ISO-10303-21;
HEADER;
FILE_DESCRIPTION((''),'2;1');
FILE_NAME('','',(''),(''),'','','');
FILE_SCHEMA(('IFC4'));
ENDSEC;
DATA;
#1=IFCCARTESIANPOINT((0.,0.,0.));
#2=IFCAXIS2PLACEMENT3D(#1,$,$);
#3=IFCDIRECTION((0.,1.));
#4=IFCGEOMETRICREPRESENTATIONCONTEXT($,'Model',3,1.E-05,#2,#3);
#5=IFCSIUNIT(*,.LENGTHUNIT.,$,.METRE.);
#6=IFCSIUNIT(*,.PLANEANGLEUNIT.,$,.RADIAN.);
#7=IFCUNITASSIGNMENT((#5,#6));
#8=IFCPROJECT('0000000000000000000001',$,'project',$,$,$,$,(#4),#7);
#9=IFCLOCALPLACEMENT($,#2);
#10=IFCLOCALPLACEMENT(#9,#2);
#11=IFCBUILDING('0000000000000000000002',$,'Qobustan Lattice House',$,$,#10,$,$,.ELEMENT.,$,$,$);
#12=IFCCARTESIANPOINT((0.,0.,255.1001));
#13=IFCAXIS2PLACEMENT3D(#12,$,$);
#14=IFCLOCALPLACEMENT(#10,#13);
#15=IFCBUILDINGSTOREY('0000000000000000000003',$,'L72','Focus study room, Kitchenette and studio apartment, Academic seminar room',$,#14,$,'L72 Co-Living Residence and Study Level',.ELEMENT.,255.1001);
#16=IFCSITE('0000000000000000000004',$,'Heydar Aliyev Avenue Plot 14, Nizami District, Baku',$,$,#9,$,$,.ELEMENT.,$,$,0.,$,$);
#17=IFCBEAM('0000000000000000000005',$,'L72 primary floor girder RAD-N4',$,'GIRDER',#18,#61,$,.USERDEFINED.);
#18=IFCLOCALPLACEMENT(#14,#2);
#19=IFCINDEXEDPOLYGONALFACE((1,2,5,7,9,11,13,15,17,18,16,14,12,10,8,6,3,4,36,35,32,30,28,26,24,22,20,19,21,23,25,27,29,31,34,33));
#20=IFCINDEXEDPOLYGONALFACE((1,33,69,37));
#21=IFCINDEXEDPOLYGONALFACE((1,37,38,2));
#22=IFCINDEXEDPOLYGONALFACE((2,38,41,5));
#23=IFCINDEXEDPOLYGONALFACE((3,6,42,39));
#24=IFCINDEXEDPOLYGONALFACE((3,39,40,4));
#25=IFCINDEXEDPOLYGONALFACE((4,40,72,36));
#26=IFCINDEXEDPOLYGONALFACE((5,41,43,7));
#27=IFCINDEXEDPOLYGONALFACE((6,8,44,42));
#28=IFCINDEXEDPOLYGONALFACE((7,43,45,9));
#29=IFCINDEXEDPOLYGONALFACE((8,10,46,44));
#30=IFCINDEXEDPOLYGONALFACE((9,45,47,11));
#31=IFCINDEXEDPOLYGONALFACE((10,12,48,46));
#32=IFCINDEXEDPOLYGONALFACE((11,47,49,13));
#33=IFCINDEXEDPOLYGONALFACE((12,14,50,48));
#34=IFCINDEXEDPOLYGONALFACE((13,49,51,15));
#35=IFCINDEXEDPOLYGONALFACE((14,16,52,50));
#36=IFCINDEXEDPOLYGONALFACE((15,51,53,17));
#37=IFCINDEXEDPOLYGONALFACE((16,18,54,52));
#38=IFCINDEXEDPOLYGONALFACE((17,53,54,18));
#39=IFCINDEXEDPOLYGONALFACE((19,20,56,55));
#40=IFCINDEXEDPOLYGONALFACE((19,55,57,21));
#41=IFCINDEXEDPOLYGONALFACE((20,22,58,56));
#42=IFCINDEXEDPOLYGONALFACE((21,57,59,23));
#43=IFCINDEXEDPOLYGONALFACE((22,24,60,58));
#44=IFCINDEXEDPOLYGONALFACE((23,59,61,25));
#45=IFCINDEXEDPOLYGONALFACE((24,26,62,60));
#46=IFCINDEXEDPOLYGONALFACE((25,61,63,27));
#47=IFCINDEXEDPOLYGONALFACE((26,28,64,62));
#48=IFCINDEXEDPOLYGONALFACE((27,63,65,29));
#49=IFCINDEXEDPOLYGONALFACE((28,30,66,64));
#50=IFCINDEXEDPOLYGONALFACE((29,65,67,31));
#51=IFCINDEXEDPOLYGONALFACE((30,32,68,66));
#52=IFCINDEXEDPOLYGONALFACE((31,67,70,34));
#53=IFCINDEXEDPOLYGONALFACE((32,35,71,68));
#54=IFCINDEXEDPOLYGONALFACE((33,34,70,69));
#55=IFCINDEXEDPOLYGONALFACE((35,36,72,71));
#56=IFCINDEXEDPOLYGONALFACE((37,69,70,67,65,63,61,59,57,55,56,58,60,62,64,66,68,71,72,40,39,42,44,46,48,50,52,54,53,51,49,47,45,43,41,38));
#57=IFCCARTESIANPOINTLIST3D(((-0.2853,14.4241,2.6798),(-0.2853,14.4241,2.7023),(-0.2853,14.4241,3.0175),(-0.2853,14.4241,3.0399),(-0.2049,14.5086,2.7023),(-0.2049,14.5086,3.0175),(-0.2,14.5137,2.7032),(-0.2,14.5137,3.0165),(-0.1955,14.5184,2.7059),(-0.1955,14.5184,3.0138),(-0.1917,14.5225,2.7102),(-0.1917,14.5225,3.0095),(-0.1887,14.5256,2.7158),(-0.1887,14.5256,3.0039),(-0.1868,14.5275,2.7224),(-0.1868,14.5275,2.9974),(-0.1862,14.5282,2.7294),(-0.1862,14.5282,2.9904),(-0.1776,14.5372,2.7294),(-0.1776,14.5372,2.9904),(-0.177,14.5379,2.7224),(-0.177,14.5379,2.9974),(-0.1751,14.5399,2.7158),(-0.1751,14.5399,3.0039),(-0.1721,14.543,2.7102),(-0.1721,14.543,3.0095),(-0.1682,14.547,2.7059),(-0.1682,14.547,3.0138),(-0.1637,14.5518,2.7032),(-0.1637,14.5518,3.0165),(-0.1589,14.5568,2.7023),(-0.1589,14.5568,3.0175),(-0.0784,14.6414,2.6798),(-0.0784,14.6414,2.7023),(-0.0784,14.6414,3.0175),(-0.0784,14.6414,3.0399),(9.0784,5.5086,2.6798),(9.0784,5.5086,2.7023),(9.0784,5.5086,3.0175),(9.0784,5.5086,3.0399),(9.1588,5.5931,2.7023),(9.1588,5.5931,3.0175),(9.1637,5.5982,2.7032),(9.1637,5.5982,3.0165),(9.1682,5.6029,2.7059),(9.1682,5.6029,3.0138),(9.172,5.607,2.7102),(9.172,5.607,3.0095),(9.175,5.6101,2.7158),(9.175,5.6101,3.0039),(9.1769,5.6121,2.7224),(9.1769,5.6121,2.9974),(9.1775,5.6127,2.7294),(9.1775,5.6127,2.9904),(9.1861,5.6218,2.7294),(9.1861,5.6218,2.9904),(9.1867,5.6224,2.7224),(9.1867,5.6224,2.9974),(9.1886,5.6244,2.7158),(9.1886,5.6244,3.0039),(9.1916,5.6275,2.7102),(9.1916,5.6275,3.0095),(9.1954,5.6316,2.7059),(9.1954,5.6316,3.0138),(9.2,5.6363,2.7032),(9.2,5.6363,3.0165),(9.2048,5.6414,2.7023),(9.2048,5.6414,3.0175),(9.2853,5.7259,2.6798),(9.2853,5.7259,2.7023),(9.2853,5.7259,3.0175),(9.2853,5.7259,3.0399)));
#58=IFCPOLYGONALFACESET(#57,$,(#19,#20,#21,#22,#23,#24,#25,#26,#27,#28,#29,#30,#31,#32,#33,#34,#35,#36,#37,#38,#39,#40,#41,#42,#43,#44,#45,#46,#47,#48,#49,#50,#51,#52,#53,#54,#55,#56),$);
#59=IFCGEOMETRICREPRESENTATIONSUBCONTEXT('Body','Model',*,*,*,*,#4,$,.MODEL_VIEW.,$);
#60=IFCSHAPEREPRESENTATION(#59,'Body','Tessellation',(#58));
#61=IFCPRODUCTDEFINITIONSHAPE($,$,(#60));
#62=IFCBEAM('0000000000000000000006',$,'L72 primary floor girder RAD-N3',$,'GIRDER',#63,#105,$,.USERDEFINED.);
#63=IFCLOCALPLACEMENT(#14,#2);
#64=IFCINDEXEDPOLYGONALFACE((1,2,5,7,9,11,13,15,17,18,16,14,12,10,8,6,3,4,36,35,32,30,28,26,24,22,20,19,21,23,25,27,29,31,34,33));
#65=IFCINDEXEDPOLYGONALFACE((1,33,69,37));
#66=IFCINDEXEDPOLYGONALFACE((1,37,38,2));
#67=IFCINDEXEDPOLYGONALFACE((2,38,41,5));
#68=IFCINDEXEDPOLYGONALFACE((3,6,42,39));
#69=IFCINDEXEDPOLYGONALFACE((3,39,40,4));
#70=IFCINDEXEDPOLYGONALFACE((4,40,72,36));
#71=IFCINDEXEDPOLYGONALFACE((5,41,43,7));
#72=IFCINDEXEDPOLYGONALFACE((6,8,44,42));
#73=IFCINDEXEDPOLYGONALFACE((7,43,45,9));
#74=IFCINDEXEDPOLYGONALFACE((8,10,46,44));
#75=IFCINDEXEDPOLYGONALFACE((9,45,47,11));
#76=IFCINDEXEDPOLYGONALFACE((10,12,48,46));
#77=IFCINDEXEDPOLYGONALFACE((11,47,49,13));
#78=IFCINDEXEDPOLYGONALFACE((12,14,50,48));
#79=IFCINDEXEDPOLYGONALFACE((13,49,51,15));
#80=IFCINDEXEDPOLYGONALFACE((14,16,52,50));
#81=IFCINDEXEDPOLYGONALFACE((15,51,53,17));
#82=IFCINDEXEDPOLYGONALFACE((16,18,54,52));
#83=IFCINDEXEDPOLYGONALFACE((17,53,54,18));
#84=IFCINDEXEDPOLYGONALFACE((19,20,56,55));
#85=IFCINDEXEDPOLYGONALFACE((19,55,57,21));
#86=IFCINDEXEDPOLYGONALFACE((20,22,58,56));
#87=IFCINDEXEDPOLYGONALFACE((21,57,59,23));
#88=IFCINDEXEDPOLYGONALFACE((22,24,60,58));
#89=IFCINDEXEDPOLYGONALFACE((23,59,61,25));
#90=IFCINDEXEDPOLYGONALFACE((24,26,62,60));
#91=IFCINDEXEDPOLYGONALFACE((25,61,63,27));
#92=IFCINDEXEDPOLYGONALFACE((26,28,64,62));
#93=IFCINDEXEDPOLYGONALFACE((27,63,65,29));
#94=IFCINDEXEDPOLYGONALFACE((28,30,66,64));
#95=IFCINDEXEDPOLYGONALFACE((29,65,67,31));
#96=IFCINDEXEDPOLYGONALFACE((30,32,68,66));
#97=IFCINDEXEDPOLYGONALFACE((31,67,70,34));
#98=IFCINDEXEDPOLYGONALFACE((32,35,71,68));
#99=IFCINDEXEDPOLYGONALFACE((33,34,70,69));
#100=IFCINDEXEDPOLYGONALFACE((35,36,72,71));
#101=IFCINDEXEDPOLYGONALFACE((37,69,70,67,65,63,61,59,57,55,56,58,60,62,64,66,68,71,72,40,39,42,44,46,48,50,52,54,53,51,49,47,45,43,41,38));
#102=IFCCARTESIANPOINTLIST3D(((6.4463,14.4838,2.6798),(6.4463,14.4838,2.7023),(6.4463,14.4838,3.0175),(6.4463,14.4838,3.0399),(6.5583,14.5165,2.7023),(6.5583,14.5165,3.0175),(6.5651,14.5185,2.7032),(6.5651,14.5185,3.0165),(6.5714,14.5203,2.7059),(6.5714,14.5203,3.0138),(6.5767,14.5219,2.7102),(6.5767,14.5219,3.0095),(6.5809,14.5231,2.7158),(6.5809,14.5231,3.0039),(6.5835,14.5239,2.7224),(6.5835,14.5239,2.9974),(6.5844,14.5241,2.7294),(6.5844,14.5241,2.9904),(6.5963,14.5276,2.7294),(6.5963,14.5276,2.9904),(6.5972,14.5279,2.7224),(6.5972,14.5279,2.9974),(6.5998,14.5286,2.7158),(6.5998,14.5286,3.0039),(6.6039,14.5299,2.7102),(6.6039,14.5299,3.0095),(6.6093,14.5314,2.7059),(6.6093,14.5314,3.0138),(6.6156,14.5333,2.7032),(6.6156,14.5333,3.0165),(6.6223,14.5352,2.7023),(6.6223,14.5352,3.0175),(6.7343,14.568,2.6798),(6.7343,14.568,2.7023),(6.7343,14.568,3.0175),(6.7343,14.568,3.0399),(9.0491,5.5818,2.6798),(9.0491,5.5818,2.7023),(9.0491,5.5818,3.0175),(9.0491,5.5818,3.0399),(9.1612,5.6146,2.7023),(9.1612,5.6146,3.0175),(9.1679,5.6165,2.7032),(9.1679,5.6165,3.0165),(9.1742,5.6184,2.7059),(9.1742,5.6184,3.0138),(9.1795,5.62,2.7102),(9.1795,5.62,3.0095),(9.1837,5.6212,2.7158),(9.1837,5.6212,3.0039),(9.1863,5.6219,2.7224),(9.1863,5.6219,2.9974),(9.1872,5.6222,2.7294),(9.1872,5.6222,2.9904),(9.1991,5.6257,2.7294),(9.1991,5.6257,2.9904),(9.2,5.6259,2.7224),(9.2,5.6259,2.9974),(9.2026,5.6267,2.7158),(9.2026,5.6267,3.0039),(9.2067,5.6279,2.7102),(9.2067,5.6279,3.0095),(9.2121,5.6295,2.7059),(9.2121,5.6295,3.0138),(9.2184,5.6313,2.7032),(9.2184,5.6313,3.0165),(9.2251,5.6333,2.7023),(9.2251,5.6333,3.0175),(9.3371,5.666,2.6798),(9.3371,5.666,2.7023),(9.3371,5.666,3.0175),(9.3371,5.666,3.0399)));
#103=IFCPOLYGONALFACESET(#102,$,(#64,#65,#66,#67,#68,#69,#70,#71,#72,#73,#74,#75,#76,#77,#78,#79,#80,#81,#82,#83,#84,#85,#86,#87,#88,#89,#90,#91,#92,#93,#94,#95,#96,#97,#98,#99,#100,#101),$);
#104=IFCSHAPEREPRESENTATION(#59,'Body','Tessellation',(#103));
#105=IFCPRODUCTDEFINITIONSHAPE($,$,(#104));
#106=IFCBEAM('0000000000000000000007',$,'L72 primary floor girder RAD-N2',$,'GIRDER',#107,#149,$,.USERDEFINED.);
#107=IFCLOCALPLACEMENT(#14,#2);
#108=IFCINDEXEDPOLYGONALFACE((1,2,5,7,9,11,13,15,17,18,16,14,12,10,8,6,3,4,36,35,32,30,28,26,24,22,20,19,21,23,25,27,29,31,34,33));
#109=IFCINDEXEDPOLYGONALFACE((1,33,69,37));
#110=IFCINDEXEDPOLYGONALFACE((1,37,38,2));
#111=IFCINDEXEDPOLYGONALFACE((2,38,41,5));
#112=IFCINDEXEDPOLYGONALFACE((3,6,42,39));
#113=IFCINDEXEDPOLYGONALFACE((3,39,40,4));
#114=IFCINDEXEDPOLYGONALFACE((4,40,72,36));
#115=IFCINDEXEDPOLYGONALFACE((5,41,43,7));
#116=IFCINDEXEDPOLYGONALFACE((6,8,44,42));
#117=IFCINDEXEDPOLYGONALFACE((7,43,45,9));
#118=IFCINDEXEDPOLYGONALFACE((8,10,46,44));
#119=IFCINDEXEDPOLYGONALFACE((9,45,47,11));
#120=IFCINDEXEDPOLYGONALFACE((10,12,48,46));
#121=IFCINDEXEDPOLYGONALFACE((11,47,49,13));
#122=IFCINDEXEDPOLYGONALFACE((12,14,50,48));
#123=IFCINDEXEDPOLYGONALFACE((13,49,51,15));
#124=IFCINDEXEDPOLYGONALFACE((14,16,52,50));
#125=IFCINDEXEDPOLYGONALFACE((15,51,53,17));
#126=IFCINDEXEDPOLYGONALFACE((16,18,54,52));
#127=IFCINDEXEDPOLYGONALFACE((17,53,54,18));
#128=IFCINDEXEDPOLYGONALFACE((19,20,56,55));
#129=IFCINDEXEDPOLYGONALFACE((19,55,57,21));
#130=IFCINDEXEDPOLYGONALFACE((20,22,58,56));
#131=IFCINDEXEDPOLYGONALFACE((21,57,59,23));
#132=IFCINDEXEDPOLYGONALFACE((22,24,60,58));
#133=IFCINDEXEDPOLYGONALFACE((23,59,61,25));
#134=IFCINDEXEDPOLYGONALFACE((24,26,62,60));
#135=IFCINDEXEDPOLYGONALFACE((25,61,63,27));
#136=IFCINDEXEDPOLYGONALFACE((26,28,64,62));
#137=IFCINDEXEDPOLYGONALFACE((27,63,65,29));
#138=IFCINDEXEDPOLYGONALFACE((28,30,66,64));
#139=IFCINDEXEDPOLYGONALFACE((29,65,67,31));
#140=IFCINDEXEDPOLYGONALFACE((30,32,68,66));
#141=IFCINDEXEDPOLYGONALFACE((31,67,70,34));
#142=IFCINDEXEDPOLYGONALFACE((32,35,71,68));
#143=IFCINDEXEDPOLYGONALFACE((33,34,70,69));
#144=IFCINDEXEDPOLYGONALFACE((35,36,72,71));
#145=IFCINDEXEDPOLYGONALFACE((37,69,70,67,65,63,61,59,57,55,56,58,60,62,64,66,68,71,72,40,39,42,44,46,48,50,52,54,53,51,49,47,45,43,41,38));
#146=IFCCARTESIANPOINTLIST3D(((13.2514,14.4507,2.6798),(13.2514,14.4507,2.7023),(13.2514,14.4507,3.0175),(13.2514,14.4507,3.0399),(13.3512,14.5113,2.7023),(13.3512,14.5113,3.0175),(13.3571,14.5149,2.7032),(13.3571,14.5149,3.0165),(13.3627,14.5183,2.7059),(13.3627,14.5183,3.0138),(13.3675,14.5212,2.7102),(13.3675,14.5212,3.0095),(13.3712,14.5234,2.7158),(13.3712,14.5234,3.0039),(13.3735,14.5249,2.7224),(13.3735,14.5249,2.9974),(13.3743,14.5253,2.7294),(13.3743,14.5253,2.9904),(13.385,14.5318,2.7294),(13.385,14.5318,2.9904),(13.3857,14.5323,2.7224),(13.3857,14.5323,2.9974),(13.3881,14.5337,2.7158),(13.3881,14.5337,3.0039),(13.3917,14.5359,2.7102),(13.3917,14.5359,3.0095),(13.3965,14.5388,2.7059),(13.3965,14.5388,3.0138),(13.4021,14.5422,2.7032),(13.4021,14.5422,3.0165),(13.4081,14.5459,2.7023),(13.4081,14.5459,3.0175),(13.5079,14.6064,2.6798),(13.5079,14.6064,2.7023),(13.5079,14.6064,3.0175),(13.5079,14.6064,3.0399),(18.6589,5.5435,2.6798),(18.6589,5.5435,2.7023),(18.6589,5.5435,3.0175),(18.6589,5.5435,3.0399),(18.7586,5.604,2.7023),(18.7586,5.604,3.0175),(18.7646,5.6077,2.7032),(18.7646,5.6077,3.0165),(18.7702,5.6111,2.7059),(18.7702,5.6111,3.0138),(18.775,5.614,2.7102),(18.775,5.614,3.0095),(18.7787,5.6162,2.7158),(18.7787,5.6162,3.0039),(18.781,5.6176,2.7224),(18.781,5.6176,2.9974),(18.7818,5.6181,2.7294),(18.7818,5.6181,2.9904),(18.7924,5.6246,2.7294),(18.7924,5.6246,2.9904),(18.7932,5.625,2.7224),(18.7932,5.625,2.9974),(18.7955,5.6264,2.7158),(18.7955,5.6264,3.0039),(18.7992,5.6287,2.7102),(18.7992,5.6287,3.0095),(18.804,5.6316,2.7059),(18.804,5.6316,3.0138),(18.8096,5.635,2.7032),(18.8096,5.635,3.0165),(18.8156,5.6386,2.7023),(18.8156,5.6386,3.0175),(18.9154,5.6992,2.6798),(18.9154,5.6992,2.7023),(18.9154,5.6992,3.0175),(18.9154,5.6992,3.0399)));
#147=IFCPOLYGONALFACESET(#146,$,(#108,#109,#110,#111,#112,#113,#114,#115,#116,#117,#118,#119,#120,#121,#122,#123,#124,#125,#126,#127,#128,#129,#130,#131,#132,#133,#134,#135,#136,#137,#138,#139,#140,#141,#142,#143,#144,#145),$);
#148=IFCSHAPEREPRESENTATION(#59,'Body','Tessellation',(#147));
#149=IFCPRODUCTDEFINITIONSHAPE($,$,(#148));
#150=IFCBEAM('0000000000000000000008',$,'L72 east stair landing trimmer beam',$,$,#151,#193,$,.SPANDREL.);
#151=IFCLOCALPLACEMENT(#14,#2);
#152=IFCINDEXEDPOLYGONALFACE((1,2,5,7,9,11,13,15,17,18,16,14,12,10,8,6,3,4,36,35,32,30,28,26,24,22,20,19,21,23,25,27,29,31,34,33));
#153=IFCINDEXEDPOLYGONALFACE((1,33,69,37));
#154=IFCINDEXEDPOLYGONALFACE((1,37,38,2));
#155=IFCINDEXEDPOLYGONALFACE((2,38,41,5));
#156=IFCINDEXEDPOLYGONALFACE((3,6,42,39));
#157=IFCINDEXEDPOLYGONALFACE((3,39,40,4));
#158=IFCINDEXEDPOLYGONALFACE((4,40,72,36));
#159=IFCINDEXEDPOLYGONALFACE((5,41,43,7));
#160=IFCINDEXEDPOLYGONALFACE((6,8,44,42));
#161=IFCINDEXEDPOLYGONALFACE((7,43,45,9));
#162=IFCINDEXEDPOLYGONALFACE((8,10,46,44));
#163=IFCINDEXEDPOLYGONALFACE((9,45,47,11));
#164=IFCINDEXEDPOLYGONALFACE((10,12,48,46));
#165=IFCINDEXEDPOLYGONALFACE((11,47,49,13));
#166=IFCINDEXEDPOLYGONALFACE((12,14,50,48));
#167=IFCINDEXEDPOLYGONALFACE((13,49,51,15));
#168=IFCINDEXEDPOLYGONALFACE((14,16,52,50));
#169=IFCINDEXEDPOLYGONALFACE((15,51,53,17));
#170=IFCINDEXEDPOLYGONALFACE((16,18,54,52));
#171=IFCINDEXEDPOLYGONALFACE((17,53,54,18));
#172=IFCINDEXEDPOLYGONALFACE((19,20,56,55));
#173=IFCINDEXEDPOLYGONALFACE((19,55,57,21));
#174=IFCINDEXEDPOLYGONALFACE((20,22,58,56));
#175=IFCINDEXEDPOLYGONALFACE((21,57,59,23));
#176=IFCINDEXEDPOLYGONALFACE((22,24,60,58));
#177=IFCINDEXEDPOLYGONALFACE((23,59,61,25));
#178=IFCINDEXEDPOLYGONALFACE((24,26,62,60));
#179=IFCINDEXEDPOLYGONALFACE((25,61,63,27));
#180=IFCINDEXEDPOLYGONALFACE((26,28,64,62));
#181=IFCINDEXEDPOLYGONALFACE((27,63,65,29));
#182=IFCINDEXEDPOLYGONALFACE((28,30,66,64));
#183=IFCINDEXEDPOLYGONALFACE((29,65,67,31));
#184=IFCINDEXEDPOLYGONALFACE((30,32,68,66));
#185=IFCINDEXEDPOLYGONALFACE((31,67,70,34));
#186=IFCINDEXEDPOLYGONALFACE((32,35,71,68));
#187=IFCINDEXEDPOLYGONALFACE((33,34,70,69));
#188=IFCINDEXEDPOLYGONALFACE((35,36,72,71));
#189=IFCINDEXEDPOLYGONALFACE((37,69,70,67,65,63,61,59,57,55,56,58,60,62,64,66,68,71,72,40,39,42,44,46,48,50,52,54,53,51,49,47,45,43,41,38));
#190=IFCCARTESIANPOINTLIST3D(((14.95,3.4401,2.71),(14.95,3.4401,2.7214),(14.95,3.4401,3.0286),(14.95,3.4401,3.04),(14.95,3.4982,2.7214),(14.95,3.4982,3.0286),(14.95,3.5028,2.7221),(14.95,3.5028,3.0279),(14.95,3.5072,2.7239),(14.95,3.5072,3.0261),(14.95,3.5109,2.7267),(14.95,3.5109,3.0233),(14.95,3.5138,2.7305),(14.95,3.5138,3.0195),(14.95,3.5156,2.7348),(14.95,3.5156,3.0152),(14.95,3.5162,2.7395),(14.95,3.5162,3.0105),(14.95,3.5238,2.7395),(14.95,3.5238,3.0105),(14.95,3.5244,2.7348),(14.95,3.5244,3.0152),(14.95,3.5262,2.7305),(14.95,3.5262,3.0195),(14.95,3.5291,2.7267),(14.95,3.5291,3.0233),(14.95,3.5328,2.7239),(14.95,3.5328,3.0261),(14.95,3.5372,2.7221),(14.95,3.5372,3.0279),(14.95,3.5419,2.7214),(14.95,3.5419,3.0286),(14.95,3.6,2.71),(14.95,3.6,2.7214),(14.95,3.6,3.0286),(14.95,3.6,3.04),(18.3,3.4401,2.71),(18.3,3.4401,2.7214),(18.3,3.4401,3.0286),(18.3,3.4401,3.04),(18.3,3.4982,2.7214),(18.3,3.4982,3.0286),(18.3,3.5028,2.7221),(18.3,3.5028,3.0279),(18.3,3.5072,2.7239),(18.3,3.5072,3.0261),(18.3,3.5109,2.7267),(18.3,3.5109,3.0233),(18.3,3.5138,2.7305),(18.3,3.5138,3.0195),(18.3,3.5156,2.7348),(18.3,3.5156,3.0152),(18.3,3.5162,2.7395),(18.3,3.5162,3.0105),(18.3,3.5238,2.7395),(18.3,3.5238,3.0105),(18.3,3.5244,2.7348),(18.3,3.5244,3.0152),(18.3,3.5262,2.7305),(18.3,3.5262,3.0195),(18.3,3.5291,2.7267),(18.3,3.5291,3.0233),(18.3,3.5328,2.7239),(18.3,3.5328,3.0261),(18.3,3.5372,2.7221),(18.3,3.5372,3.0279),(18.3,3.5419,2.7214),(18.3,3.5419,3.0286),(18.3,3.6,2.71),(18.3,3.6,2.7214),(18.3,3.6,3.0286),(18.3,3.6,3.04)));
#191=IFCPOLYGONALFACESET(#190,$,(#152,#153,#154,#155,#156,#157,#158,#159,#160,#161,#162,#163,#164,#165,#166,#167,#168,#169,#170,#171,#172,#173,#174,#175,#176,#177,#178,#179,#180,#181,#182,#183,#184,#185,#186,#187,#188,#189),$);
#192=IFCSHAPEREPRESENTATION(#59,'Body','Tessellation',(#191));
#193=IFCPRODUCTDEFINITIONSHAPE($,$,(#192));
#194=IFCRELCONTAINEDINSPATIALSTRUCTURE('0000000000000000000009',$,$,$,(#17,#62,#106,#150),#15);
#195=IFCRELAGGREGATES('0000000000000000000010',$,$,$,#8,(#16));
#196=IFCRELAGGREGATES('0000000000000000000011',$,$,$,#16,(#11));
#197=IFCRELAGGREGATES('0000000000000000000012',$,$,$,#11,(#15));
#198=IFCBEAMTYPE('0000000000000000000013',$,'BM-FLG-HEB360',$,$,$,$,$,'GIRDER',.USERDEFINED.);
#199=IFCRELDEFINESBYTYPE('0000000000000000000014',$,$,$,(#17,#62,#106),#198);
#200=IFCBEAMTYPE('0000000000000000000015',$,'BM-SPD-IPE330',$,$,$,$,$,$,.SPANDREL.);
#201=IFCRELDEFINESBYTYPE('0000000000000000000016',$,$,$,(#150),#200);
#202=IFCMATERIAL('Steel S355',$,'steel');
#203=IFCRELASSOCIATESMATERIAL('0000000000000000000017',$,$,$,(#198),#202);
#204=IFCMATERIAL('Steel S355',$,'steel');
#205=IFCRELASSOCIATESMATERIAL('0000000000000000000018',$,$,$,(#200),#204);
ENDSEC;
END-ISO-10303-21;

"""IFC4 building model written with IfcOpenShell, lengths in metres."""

from ifc_helpers import new_model, si_unit, direction, frame, origin, origin_2d, place, context, subcontext, project, spatial, i_section, extrude, material, material_profile, profile_set, type_object, element, save


model = new_model("IFC4")

# Units and contexts
model_context = context("Model", 3, precision=1e-05, world=origin(), true_north=direction((0.0, 1.0)))
body_context = subcontext(model_context, "Body", "Model", "MODEL_VIEW")
ifc_project = project(units=[si_unit("LENGTHUNIT", "METRE"), si_unit("PLANEANGLEUNIT", "RADIAN")], contexts=[model_context])

# Site, building, storey
site_placement = place(None, origin())
site = spatial("IfcSite", under=ifc_project, at=site_placement, Name="Heydar Aliyev Avenue Plot 14, Nizami District, Baku", CompositionType="ELEMENT", RefElevation=0.0)
building_placement = place(site_placement, origin())
building = spatial("IfcBuilding", under=site, at=building_placement, Name="Qobustan Lattice House", CompositionType="ELEMENT")
storey_placement = place(building_placement, frame((0.0, 0.0, 255.1001)))
storey = spatial("IfcBuildingStorey", under=building, at=storey_placement, Name="L72", Description="Focus study room, Kitchenette and studio apartment, Academic seminar room", LongName="L72 Co-Living Residence and Study Level", CompositionType="ELEMENT", Elevation=255.1001)

# Beams
ifc_material_1 = material(Name="Steel S355", Category="steel")
ifc_material_profile_1 = material_profile(ifc_material_1, i_section(OverallWidth=0.3, OverallDepth=0.3601, WebThickness=0.0125, FlangeThickness=0.0225, FilletRadius=0.0271, at=origin_2d()), Name="HEB360")
ifc_profile_set_1 = profile_set([ifc_material_profile_1], Name="Steel S355")
beam_type_1 = type_object("IfcBeamType", Name="BM-FLG-HEB360", ElementType="GIRDER", PredefinedType="USERDEFINED", material=ifc_profile_set_1)
beam_1_placement = place(storey_placement, frame((-0.1819, 14.5327, 2.8599), z_axis=(0.724229, -0.68956, 0.0), x_axis=(0.68956, 0.724229, 0.0)))
element("IfcBeam", 1, at=beam_1_placement, inside=storey, type_object=beam_type_1, Name="L72 primary floor girder RAD-N4", ObjectType="GIRDER", PredefinedType="USERDEFINED", context=body_context, shape_type="SweptSolid", body=[
    extrude(i_section(OverallWidth=0.3, OverallDepth=0.3601, WebThickness=0.0125, FlangeThickness=0.0225, FilletRadius=0.0271, at=origin_2d()), origin(), (0.0, 0.0, 1.0), 12.9292),
])
beam_2_placement = place(storey_placement, frame((6.5903, 14.5259, 2.8599), z_axis=(0.280637, -0.959814, 0.0), x_axis=(0.959814, 0.280637, 0.0)))
element("IfcBeam", 2, at=beam_2_placement, inside=storey, type_object=beam_type_1, Name="L72 primary floor girder RAD-N3", ObjectType="GIRDER", PredefinedType="USERDEFINED", context=body_context, shape_type="SweptSolid", body=[
    extrude(i_section(OverallWidth=0.3, OverallDepth=0.3601, WebThickness=0.0125, FlangeThickness=0.0225, FilletRadius=0.0271, at=origin_2d()), origin(), (0.0, 0.0, 1.0), 9.2747),
])
beam_3_placement = place(storey_placement, frame((13.3796, 14.5286, 2.8599), z_axis=(0.518944, -0.854808, 0.0), x_axis=(0.854808, 0.518944, 0.0)))
element("IfcBeam", 3, at=beam_3_placement, inside=storey, type_object=beam_type_1, Name="L72 primary floor girder RAD-N2", ObjectType="GIRDER", PredefinedType="USERDEFINED", context=body_context, shape_type="SweptSolid", body=[
    extrude(i_section(OverallWidth=0.3, OverallDepth=0.3601, WebThickness=0.0125, FlangeThickness=0.0225, FilletRadius=0.0271, at=origin_2d()), origin(), (0.0, 0.0, 1.0), 10.4202),
])
ifc_material_2 = material(Name="Steel S355", Category="steel")
ifc_material_profile_2 = material_profile(ifc_material_2, i_section(OverallWidth=0.1599, OverallDepth=0.3301, WebThickness=0.0076, FlangeThickness=0.0115, FilletRadius=0.0181, at=origin_2d()), Name="IPE330")
ifc_profile_set_2 = profile_set([ifc_material_profile_2], Name="Steel S355")
beam_type_2 = type_object("IfcBeamType", Name="BM-SPD-IPE330", PredefinedType="SPANDREL", material=ifc_profile_set_2)
beam_4_placement = place(storey_placement, frame((14.95, 3.52, 2.875), z_axis=(1.0, 0.0, 0.0), x_axis=(0.0, 1.0, 0.0)))
element("IfcBeam", 4, at=beam_4_placement, inside=storey, type_object=beam_type_2, Name="L72 east stair landing trimmer beam", PredefinedType="SPANDREL", context=body_context, shape_type="SweptSolid", body=[
    extrude(i_section(OverallWidth=0.1599, OverallDepth=0.3301, WebThickness=0.0076, FlangeThickness=0.0115, FilletRadius=0.0181, at=origin_2d()), origin(), (0.0, 0.0, 1.0), 3.3501),
])

save(model, "model.ifc")
